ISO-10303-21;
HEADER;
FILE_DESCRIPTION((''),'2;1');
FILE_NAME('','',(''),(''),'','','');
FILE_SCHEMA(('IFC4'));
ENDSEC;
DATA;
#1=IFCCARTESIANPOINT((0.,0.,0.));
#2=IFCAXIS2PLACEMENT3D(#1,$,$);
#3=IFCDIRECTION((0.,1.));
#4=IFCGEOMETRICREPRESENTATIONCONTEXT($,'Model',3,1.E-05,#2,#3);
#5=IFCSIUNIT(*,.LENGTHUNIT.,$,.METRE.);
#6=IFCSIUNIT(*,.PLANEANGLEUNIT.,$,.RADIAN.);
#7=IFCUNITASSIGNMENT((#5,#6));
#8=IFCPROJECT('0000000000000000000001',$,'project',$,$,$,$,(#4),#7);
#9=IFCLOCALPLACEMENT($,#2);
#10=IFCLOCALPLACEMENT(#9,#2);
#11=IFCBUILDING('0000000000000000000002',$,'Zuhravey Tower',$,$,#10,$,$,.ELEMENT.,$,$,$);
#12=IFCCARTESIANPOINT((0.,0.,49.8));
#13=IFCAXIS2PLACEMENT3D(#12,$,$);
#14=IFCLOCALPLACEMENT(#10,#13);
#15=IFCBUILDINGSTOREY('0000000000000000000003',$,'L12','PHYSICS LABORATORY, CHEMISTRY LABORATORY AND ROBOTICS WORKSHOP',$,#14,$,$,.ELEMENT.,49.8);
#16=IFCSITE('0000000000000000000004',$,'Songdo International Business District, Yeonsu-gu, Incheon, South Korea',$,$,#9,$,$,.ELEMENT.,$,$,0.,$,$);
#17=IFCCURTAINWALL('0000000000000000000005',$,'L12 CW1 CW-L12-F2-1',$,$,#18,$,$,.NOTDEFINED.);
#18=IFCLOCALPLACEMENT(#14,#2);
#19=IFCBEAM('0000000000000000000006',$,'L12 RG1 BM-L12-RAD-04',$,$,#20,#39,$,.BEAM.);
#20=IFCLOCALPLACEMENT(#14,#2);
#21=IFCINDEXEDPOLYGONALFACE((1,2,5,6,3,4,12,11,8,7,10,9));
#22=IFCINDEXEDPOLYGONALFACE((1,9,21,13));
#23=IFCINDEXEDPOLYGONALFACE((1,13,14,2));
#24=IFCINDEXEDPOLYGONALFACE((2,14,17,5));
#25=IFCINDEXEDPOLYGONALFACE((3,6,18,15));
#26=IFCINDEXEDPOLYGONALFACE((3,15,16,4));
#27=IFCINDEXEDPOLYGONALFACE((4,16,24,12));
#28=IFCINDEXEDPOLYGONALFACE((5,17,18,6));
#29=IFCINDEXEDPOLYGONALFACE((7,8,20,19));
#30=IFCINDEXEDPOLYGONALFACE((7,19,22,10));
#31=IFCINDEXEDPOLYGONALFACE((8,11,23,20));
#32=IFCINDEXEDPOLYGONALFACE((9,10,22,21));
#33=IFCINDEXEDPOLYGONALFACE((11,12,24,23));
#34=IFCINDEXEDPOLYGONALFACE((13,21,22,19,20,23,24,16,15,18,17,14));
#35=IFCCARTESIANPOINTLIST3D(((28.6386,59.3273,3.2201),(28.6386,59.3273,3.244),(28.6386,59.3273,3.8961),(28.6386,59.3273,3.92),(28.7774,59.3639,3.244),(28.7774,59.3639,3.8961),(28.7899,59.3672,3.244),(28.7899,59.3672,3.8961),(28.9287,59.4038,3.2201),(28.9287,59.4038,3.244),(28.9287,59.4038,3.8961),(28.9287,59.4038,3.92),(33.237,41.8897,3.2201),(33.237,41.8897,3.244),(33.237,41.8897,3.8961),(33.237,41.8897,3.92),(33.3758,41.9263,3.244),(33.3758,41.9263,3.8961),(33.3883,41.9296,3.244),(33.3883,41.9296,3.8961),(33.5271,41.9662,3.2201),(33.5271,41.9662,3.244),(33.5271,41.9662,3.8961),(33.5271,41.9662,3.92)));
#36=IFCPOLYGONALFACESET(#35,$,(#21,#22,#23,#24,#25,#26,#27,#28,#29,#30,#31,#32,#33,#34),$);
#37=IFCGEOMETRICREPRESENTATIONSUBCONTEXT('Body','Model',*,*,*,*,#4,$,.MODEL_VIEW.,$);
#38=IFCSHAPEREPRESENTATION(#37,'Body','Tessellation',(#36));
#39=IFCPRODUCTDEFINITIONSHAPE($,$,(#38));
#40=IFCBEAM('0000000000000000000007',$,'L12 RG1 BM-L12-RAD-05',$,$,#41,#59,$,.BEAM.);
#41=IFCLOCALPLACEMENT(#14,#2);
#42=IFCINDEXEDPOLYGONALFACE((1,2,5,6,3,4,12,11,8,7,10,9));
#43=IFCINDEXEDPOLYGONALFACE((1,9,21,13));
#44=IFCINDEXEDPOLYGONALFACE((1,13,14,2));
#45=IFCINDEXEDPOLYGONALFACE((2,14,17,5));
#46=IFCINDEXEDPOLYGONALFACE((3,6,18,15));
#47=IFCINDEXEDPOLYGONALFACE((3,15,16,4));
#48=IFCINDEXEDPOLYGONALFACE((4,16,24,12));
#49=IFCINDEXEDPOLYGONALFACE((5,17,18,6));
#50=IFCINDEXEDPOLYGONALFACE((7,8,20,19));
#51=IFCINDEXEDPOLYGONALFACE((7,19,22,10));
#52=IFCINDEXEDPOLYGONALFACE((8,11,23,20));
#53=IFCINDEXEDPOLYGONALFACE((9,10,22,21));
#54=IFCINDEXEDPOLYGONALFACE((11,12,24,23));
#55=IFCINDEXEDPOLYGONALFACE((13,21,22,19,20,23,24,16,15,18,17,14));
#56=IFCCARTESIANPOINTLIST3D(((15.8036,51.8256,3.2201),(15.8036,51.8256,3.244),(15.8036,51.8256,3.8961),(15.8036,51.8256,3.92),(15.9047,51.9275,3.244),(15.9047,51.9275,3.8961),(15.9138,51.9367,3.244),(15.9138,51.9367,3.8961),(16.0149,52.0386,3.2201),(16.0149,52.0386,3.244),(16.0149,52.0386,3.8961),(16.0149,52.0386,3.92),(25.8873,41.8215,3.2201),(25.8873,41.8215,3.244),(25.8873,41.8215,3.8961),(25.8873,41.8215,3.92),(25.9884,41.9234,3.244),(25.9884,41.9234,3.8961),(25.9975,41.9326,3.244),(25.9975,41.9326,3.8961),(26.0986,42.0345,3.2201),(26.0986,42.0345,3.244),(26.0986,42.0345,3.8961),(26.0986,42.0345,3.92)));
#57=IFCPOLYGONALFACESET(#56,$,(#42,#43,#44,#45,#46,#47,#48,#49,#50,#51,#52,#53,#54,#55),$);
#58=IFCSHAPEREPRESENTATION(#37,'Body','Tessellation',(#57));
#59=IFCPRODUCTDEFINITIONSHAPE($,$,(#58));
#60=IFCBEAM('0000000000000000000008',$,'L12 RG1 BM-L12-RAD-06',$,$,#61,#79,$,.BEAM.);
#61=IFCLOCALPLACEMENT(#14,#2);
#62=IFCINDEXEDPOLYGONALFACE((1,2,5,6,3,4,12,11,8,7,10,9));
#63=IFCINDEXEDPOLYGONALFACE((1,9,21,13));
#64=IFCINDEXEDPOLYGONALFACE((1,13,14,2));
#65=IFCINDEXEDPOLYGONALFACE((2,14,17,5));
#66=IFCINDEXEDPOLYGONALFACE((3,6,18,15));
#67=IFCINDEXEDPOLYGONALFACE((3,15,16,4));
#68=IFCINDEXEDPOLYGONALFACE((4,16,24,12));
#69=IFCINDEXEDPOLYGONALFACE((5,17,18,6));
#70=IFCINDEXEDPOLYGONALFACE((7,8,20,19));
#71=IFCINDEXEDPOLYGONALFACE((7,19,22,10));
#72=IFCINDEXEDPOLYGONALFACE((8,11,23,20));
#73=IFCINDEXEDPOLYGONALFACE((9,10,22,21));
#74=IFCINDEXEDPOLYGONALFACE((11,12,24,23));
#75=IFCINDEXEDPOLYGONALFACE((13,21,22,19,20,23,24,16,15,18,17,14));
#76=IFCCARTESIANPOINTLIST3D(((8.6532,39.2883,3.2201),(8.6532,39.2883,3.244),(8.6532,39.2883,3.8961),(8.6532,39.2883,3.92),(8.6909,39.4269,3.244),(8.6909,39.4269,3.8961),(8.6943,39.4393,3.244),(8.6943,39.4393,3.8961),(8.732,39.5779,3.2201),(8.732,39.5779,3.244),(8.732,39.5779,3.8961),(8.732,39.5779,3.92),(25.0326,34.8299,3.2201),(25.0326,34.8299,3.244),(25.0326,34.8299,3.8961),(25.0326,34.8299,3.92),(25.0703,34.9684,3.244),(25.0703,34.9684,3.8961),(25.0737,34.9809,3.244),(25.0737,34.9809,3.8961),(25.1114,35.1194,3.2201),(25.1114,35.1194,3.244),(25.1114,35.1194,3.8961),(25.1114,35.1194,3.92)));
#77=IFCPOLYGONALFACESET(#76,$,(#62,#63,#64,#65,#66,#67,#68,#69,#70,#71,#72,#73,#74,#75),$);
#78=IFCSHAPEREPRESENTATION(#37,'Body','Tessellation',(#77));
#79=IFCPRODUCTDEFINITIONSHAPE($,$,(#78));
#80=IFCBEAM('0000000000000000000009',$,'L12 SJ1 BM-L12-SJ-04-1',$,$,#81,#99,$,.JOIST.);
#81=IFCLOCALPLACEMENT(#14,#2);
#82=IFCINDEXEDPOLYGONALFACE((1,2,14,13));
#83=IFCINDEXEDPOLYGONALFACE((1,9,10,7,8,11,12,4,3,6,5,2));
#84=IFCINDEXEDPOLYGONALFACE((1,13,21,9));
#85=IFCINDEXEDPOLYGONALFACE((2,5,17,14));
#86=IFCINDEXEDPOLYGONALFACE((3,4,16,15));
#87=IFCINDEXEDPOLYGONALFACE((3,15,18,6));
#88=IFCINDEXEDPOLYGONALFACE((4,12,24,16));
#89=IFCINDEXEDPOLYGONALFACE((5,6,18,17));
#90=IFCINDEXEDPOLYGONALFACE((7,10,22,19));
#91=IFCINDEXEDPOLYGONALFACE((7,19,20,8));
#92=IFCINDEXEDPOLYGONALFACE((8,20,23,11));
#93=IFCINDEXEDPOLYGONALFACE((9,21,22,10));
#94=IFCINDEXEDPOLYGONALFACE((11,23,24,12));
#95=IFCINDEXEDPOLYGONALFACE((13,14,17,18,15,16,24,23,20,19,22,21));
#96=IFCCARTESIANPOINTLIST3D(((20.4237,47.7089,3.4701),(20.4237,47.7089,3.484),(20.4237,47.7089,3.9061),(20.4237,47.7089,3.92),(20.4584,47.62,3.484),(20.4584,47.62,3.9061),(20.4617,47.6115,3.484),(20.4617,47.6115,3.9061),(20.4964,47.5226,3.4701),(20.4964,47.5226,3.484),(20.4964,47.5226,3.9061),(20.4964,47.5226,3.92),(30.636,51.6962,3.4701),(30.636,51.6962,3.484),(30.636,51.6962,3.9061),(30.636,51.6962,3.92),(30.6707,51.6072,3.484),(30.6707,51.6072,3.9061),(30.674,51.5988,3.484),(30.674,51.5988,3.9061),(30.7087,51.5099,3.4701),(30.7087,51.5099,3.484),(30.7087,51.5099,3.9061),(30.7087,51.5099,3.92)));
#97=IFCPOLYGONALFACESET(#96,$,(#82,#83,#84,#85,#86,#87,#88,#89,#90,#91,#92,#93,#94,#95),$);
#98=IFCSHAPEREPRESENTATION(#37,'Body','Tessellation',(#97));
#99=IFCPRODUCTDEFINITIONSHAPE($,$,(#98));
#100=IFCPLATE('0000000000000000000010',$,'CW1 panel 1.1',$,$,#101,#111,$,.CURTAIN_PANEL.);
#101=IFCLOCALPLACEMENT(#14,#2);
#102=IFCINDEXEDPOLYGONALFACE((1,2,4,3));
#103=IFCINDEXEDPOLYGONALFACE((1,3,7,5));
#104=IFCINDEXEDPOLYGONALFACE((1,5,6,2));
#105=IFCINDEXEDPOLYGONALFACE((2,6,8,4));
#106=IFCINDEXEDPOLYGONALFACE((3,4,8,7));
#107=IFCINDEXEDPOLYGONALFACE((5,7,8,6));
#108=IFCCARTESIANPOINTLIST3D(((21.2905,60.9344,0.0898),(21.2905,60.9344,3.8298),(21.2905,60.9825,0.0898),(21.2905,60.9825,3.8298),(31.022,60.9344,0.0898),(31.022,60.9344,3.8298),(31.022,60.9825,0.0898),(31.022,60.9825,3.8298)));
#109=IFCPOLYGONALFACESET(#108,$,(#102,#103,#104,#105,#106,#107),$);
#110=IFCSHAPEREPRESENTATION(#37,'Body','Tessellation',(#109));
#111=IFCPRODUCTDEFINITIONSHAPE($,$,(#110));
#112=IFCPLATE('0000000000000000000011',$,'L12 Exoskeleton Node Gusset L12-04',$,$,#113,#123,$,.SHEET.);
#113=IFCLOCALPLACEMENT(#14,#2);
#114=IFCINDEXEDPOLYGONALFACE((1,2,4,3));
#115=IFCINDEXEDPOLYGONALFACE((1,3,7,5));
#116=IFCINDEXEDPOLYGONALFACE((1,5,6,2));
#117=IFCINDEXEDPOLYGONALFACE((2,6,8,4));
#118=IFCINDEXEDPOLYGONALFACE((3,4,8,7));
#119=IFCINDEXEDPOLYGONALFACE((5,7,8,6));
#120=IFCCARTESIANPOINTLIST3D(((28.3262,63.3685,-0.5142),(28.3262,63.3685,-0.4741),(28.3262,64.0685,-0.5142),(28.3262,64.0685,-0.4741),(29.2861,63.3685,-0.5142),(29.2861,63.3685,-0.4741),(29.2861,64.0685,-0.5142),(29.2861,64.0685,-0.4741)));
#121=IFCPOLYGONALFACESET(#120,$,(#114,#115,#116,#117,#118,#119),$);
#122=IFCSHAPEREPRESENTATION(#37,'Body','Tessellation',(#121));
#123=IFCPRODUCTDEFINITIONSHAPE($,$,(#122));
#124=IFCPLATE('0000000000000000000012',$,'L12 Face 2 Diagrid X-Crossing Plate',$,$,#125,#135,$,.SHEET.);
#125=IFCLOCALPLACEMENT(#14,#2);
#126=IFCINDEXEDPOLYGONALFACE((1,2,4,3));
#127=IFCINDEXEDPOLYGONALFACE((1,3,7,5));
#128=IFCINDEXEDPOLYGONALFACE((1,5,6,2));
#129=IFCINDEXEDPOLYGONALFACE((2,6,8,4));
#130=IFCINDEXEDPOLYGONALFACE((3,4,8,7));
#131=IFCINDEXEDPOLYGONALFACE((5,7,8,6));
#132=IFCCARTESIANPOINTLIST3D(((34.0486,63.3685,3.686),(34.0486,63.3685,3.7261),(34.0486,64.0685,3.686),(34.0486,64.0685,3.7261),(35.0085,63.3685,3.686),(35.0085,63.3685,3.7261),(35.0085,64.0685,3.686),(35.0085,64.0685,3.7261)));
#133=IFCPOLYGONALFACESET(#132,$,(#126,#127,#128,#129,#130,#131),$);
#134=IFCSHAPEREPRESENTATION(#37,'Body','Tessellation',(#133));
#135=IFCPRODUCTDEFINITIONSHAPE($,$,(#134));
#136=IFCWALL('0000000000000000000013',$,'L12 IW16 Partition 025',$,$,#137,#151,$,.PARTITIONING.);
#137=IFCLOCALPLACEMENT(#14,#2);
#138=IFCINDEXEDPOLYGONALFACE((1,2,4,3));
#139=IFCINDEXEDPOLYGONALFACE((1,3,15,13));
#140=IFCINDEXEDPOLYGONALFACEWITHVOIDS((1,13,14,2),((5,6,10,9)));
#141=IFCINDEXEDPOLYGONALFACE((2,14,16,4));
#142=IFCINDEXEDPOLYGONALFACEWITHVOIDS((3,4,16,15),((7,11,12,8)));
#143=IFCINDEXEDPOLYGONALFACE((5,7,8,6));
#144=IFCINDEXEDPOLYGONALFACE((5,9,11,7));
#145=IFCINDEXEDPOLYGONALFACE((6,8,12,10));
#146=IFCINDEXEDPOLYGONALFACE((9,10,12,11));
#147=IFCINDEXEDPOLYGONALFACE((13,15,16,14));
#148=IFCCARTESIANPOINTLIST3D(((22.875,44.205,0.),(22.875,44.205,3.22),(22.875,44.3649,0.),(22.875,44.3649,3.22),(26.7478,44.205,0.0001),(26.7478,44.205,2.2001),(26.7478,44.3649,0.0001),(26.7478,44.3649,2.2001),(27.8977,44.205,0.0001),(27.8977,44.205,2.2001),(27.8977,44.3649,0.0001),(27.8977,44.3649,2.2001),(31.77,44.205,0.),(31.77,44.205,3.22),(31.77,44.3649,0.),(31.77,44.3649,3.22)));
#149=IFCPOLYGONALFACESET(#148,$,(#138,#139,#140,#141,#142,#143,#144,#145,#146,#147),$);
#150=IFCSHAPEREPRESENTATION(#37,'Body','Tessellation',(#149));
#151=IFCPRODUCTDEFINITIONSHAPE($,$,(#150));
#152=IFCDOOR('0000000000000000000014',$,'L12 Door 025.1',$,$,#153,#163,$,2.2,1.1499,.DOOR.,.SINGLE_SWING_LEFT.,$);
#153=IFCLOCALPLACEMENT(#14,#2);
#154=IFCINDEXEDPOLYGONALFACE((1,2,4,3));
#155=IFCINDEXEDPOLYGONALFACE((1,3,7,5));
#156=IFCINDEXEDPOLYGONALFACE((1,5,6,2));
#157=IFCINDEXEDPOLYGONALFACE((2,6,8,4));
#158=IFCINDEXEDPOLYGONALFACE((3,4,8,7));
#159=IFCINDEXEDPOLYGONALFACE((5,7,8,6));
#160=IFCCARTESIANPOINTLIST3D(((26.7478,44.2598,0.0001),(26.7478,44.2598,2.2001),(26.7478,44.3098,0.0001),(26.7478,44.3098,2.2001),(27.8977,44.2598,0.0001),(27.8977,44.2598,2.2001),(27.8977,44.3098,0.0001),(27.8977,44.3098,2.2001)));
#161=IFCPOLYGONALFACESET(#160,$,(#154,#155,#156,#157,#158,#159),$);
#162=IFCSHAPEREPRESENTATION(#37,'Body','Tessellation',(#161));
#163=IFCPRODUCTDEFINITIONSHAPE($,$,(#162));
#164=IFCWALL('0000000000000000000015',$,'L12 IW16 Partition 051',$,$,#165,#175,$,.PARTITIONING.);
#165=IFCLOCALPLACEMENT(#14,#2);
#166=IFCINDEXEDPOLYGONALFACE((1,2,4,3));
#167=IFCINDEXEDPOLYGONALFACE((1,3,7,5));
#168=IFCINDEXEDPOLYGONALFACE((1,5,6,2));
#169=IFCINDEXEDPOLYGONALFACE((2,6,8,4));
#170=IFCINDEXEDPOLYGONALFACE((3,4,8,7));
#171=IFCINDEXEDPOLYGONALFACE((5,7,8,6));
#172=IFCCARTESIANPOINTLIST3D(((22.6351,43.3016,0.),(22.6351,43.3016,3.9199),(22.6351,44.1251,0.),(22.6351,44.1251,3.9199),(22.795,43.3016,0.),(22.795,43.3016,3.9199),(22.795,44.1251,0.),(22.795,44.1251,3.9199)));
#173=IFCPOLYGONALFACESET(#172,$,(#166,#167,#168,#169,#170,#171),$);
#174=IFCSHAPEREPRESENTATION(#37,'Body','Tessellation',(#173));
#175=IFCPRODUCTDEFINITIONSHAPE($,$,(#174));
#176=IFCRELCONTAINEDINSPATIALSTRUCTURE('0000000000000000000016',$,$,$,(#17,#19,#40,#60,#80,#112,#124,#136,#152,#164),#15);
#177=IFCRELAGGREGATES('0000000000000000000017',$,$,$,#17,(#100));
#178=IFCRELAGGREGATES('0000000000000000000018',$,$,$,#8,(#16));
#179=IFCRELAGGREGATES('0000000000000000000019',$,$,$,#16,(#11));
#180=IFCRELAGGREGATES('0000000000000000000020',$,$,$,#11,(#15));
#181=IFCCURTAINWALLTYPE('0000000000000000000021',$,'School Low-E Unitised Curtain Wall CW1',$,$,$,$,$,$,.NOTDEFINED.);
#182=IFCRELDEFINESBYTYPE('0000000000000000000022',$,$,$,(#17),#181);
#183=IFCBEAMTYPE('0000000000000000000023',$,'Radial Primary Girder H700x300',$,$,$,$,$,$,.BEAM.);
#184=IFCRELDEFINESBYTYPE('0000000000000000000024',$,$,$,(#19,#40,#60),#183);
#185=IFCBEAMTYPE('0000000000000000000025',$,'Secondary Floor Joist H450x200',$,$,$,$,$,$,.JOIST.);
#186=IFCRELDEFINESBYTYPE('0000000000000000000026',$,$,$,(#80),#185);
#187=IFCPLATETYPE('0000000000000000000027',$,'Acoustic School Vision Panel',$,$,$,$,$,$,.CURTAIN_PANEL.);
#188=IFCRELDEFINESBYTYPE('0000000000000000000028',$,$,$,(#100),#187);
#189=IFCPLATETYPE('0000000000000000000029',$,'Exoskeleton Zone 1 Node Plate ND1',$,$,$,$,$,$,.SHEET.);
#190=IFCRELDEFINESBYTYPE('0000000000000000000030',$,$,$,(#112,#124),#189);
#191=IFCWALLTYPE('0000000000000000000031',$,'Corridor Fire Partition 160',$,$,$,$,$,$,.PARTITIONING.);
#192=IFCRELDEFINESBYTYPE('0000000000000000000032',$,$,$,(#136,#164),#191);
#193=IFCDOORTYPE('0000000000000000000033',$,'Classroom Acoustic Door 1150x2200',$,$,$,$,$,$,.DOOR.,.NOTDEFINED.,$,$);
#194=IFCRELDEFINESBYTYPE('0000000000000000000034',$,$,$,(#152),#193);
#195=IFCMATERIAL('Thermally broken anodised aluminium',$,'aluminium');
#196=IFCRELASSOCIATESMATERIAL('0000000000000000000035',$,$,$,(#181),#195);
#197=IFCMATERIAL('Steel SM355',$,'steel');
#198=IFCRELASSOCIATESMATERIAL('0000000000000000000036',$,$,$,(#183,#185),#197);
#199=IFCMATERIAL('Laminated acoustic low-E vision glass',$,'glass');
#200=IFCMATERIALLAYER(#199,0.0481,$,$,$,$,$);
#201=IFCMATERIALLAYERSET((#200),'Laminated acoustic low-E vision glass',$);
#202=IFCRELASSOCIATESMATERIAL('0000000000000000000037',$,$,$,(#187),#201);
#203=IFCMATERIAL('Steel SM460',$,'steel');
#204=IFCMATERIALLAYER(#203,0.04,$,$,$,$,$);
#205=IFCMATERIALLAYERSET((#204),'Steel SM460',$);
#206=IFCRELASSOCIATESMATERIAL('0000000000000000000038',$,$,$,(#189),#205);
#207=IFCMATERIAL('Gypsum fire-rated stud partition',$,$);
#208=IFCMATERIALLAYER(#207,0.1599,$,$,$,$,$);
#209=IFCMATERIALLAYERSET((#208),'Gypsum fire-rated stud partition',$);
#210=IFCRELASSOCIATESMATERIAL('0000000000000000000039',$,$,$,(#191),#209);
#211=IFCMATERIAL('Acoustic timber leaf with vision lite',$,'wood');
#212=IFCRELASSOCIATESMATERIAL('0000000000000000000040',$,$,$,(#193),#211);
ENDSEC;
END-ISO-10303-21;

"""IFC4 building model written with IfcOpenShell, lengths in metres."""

from ifc_helpers import new_model, si_unit, direction, frame, frame_2d, origin, origin_2d, place, context, subcontext, project, spatial, rectangle, i_section, extrude, material, layer, layer_set, material_profile, profile_set, type_object, element, fill, aggregate, save


model = new_model("IFC4")

# Units and contexts
model_context = context("Model", 3, precision=1e-05, world=origin(), true_north=direction((0.0, 1.0)))
body_context = subcontext(model_context, "Body", "Model", "MODEL_VIEW")
ifc_project = project(units=[si_unit("LENGTHUNIT", "METRE"), si_unit("PLANEANGLEUNIT", "RADIAN")], contexts=[model_context])

# Site, building, storey
site_placement = place(None, origin())
site = spatial("IfcSite", under=ifc_project, at=site_placement, Name="Songdo International Business District, Yeonsu-gu, Incheon, South Korea", CompositionType="ELEMENT", RefElevation=0.0)
building_placement = place(site_placement, origin())
building = spatial("IfcBuilding", under=site, at=building_placement, Name="Zuhravey Tower", CompositionType="ELEMENT")
storey_placement = place(building_placement, frame((0.0, 0.0, 49.8)))
storey = spatial("IfcBuildingStorey", under=building, at=storey_placement, Name="L12", Description="PHYSICS LABORATORY, CHEMISTRY LABORATORY AND ROBOTICS WORKSHOP", CompositionType="ELEMENT", Elevation=49.8)

# Curtain wall
ifc_material_1 = material(Name="Thermally broken anodised aluminium", Category="aluminium")
curtain_wall_type = type_object("IfcCurtainWallType", Name="School Low-E Unitised Curtain Wall CW1", PredefinedType="NOTDEFINED", material=ifc_material_1)
curtain_wall_placement = place(storey_placement, origin())
curtain_wall = element("IfcCurtainWall", 1, at=curtain_wall_placement, inside=storey, type_object=curtain_wall_type, Name="L12 CW1 CW-L12-F2-1", PredefinedType="NOTDEFINED")

# Shared definitions
ifc_material_2 = material(Name="Steel SM460", Category="steel")

# Beams
ifc_material_3 = material(Name="Steel SM355", Category="steel")
ifc_material_profile_1 = material_profile(ifc_material_3, i_section(OverallWidth=0.3, OverallDepth=0.7, WebThickness=0.0129, FlangeThickness=0.0239, at=origin_2d()), Name="H-700x300x13x24")
ifc_profile_set_1 = profile_set([ifc_material_profile_1], Name="Steel SM355")
beam_type_1 = type_object("IfcBeamType", Name="Radial Primary Girder H700x300", PredefinedType="BEAM", material=ifc_profile_set_1)
beam_1_placement = place(storey_placement, frame((33.3821, 41.928, 3.5701), z_axis=(-0.25499, 0.966944, 0.0), x_axis=(-0.966944, -0.25499, 0.0)))
element("IfcBeam", 2, at=beam_1_placement, inside=storey, type_object=beam_type_1, Name="L12 RG1 BM-L12-RAD-04", PredefinedType="BEAM", context=body_context, shape_type="SweptSolid", body=[
    extrude(i_section(OverallWidth=0.3, OverallDepth=0.7, WebThickness=0.0129, FlangeThickness=0.0239, at=origin_2d()), origin(), (0.0, 0.0, 1.0), 18.0337),
])
beam_2_placement = place(storey_placement, frame((25.9929, 41.928, 3.5701), z_axis=(-0.709903, 0.7043, 0.0), x_axis=(-0.7043, -0.709903, 0.0)))
element("IfcBeam", 3, at=beam_2_placement, inside=storey, type_object=beam_type_1, Name="L12 RG1 BM-L12-RAD-05", PredefinedType="BEAM", context=body_context, shape_type="SweptSolid", body=[
    extrude(i_section(OverallWidth=0.3, OverallDepth=0.7, WebThickness=0.0129, FlangeThickness=0.0239, at=origin_2d()), origin(), (0.0, 0.0, 1.0), 14.2043),
])
beam_3_placement = place(storey_placement, frame((25.072, 34.9746, 3.5701), z_axis=(-0.964892, 0.262645, 0.0), x_axis=(-0.262645, -0.964892, 0.0)))
element("IfcBeam", 4, at=beam_3_placement, inside=storey, type_object=beam_type_1, Name="L12 RG1 BM-L12-RAD-06", PredefinedType="BEAM", context=body_context, shape_type="SweptSolid", body=[
    extrude(i_section(OverallWidth=0.3, OverallDepth=0.7, WebThickness=0.0129, FlangeThickness=0.0239, at=origin_2d()), origin(), (0.0, 0.0, 1.0), 16.9753),
])
ifc_material_profile_2 = material_profile(ifc_material_3, i_section(OverallWidth=0.2, OverallDepth=0.45, WebThickness=0.009, FlangeThickness=0.0139, at=origin_2d()), Name="H-450x200x9x14")
ifc_profile_set_2 = profile_set([ifc_material_profile_2], Name="Steel SM355")
beam_type_2 = type_object("IfcBeamType", Name="Secondary Floor Joist H450x200", PredefinedType="JOIST", material=ifc_profile_set_2)
beam_4_placement = place(storey_placement, frame((30.6724, 51.603, 3.6951), z_axis=(-0.931517, -0.363699, 0.0), x_axis=(0.363699, -0.931517, 0.0)))
element("IfcBeam", 5, at=beam_4_placement, inside=storey, type_object=beam_type_2, Name="L12 SJ1 BM-L12-SJ-04-1", PredefinedType="JOIST", context=body_context, shape_type="SweptSolid", body=[
    extrude(i_section(OverallWidth=0.2, OverallDepth=0.45, WebThickness=0.009, FlangeThickness=0.0139, at=origin_2d()), origin(), (0.0, 0.0, 1.0), 10.9631),
])

# Plate
ifc_material_4 = material(Name="Laminated acoustic low-E vision glass", Category="glass")
ifc_layer_1 = layer(ifc_material_4, 0.0481)
ifc_layer_set_1 = layer_set([ifc_layer_1], Name="Laminated acoustic low-E vision glass")
plate_type_1 = type_object("IfcPlateType", Name="Acoustic School Vision Panel", PredefinedType="CURTAIN_PANEL", material=ifc_layer_set_1)
plate_placement = place(storey_placement, frame((26.1562, 60.9585, 0.0898), z_axis=(0.0, 0.0, 1.0), x_axis=(1.0, 0.0, 0.0)))
plate = element("IfcPlate", 6, at=plate_placement, type_object=plate_type_1, Name="CW1 panel 1.1", PredefinedType="CURTAIN_PANEL", context=body_context, shape_type="SweptSolid", body=[
    extrude(rectangle(XDim=9.7314, YDim=0.0481, at=origin_2d()), origin(), (0.0, 0.0, 1.0), 3.74),
])
aggregate(curtain_wall, [plate])

# Plates
ifc_layer_2 = layer(ifc_material_2, 0.04)
ifc_layer_set_2 = layer_set([ifc_layer_2], Name="Steel SM460")
plate_type_2 = type_object("IfcPlateType", Name="Exoskeleton Zone 1 Node Plate ND1", PredefinedType="SHEET", material=ifc_layer_set_2)
for number, where, z_axis, x_axis, name in (
    (7, (28.8062, 63.7185, -0.5142), (0.0, 0.0, 1.0), (-1.0, 0.0, 0.0), "L12 Exoskeleton Node Gusset L12-04"),
    (8, (34.5286, 63.7185, 3.686), (0.0, 0.0, 1.0), (-1.0, 0.0, 0.0), "L12 Face 2 Diagrid X-Crossing Plate"),
):
    element("IfcPlate", number, at=place(storey_placement, frame(where, z_axis=z_axis, x_axis=x_axis)), inside=storey, type_object=plate_type_2, Name=name, PredefinedType="SHEET", context=body_context, shape_type="SweptSolid", body=[
        extrude(rectangle(XDim=0.96, YDim=0.7, at=origin_2d()), origin(), (0.0, 0.0, 1.0), 0.04),
    ])

# Wall, opening, door
ifc_material_5 = material(Name="Gypsum fire-rated stud partition")
ifc_layer_3 = layer(ifc_material_5, 0.1599)
ifc_layer_set_3 = layer_set([ifc_layer_3], Name="Gypsum fire-rated stud partition")
wall_type_1 = type_object("IfcWallType", Name="Corridor Fire Partition 160", PredefinedType="PARTITIONING", material=ifc_layer_set_3)
wall_1_placement = place(storey_placement, frame((31.77, 44.2849, 0.0), z_axis=(0.0, 0.0, 1.0), x_axis=(-1.0, 0.0, 0.0)))
wall_1 = element("IfcWall", 9, at=wall_1_placement, inside=storey, type_object=wall_type_1, Name="L12 IW16 Partition 025", PredefinedType="PARTITIONING", context=body_context, shape_type="SweptSolid", body=[
    extrude(rectangle(XDim=8.895, YDim=0.1599, at=frame_2d((4.4475, 0.0))), origin(), (0.0, 0.0, 1.0), 3.22),
])
opening_placement = place(wall_1_placement, frame((3.8723, 0.0, 0.0)))
opening = element("IfcOpeningElement", 10, at=opening_placement, cuts=wall_1, PredefinedType="OPENING", context=body_context, shape_type="SweptSolid", body=[
    extrude(rectangle(XDim=1.1499, YDim=2.2, at=frame_2d((0.575, 1.1001))), frame((0.0, 0.092, 0.0), z_axis=(0.0, -1.0, 0.0), x_axis=(1.0, 0.0, 0.0)), (0.0, 0.0, 1.0), 0.1838),
])
ifc_material_6 = material(Name="Acoustic timber leaf with vision lite", Category="wood")
door_type = type_object("IfcDoorType", Name="Classroom Acoustic Door 1150x2200", OperationType="NOTDEFINED", PredefinedType="DOOR", material=ifc_material_6)
door_placement = place(opening_placement, frame((1.1499, 0.0, 0.0), z_axis=(0.0, 0.0, 1.0), x_axis=(-1.0, 0.0, 0.0)))
door = element("IfcDoor", 11, at=door_placement, inside=storey, type_object=door_type, Name="L12 Door 025.1", OperationType="SINGLE_SWING_LEFT", OverallHeight=2.2, OverallWidth=1.1499, PredefinedType="DOOR", context=body_context, shape_type="SweptSolid", body=[
    extrude(rectangle(XDim=1.1499, YDim=2.2, at=frame_2d((0.575, 1.1001))), frame((0.0, 0.0249, 0.0), z_axis=(0.0, -1.0, 0.0), x_axis=(1.0, 0.0, 0.0)), (0.0, 0.0, 1.0), 0.05),
])
fill(opening, door)

# Wall
wall_2_placement = place(storey_placement, frame((22.7151, 44.125, 0.0), z_axis=(0.0, 0.0, 1.0), x_axis=(0.0, -1.0, 0.0)))
element("IfcWall", 12, at=wall_2_placement, inside=storey, type_object=wall_type_1, Name="L12 IW16 Partition 051", PredefinedType="PARTITIONING", context=body_context, shape_type="SweptSolid", body=[
    extrude(rectangle(XDim=0.8235, YDim=0.1599, at=frame_2d((0.4116, 0.0))), origin(), (0.0, 0.0, 1.0), 3.9199),
])

save(model, "model.ifc")
